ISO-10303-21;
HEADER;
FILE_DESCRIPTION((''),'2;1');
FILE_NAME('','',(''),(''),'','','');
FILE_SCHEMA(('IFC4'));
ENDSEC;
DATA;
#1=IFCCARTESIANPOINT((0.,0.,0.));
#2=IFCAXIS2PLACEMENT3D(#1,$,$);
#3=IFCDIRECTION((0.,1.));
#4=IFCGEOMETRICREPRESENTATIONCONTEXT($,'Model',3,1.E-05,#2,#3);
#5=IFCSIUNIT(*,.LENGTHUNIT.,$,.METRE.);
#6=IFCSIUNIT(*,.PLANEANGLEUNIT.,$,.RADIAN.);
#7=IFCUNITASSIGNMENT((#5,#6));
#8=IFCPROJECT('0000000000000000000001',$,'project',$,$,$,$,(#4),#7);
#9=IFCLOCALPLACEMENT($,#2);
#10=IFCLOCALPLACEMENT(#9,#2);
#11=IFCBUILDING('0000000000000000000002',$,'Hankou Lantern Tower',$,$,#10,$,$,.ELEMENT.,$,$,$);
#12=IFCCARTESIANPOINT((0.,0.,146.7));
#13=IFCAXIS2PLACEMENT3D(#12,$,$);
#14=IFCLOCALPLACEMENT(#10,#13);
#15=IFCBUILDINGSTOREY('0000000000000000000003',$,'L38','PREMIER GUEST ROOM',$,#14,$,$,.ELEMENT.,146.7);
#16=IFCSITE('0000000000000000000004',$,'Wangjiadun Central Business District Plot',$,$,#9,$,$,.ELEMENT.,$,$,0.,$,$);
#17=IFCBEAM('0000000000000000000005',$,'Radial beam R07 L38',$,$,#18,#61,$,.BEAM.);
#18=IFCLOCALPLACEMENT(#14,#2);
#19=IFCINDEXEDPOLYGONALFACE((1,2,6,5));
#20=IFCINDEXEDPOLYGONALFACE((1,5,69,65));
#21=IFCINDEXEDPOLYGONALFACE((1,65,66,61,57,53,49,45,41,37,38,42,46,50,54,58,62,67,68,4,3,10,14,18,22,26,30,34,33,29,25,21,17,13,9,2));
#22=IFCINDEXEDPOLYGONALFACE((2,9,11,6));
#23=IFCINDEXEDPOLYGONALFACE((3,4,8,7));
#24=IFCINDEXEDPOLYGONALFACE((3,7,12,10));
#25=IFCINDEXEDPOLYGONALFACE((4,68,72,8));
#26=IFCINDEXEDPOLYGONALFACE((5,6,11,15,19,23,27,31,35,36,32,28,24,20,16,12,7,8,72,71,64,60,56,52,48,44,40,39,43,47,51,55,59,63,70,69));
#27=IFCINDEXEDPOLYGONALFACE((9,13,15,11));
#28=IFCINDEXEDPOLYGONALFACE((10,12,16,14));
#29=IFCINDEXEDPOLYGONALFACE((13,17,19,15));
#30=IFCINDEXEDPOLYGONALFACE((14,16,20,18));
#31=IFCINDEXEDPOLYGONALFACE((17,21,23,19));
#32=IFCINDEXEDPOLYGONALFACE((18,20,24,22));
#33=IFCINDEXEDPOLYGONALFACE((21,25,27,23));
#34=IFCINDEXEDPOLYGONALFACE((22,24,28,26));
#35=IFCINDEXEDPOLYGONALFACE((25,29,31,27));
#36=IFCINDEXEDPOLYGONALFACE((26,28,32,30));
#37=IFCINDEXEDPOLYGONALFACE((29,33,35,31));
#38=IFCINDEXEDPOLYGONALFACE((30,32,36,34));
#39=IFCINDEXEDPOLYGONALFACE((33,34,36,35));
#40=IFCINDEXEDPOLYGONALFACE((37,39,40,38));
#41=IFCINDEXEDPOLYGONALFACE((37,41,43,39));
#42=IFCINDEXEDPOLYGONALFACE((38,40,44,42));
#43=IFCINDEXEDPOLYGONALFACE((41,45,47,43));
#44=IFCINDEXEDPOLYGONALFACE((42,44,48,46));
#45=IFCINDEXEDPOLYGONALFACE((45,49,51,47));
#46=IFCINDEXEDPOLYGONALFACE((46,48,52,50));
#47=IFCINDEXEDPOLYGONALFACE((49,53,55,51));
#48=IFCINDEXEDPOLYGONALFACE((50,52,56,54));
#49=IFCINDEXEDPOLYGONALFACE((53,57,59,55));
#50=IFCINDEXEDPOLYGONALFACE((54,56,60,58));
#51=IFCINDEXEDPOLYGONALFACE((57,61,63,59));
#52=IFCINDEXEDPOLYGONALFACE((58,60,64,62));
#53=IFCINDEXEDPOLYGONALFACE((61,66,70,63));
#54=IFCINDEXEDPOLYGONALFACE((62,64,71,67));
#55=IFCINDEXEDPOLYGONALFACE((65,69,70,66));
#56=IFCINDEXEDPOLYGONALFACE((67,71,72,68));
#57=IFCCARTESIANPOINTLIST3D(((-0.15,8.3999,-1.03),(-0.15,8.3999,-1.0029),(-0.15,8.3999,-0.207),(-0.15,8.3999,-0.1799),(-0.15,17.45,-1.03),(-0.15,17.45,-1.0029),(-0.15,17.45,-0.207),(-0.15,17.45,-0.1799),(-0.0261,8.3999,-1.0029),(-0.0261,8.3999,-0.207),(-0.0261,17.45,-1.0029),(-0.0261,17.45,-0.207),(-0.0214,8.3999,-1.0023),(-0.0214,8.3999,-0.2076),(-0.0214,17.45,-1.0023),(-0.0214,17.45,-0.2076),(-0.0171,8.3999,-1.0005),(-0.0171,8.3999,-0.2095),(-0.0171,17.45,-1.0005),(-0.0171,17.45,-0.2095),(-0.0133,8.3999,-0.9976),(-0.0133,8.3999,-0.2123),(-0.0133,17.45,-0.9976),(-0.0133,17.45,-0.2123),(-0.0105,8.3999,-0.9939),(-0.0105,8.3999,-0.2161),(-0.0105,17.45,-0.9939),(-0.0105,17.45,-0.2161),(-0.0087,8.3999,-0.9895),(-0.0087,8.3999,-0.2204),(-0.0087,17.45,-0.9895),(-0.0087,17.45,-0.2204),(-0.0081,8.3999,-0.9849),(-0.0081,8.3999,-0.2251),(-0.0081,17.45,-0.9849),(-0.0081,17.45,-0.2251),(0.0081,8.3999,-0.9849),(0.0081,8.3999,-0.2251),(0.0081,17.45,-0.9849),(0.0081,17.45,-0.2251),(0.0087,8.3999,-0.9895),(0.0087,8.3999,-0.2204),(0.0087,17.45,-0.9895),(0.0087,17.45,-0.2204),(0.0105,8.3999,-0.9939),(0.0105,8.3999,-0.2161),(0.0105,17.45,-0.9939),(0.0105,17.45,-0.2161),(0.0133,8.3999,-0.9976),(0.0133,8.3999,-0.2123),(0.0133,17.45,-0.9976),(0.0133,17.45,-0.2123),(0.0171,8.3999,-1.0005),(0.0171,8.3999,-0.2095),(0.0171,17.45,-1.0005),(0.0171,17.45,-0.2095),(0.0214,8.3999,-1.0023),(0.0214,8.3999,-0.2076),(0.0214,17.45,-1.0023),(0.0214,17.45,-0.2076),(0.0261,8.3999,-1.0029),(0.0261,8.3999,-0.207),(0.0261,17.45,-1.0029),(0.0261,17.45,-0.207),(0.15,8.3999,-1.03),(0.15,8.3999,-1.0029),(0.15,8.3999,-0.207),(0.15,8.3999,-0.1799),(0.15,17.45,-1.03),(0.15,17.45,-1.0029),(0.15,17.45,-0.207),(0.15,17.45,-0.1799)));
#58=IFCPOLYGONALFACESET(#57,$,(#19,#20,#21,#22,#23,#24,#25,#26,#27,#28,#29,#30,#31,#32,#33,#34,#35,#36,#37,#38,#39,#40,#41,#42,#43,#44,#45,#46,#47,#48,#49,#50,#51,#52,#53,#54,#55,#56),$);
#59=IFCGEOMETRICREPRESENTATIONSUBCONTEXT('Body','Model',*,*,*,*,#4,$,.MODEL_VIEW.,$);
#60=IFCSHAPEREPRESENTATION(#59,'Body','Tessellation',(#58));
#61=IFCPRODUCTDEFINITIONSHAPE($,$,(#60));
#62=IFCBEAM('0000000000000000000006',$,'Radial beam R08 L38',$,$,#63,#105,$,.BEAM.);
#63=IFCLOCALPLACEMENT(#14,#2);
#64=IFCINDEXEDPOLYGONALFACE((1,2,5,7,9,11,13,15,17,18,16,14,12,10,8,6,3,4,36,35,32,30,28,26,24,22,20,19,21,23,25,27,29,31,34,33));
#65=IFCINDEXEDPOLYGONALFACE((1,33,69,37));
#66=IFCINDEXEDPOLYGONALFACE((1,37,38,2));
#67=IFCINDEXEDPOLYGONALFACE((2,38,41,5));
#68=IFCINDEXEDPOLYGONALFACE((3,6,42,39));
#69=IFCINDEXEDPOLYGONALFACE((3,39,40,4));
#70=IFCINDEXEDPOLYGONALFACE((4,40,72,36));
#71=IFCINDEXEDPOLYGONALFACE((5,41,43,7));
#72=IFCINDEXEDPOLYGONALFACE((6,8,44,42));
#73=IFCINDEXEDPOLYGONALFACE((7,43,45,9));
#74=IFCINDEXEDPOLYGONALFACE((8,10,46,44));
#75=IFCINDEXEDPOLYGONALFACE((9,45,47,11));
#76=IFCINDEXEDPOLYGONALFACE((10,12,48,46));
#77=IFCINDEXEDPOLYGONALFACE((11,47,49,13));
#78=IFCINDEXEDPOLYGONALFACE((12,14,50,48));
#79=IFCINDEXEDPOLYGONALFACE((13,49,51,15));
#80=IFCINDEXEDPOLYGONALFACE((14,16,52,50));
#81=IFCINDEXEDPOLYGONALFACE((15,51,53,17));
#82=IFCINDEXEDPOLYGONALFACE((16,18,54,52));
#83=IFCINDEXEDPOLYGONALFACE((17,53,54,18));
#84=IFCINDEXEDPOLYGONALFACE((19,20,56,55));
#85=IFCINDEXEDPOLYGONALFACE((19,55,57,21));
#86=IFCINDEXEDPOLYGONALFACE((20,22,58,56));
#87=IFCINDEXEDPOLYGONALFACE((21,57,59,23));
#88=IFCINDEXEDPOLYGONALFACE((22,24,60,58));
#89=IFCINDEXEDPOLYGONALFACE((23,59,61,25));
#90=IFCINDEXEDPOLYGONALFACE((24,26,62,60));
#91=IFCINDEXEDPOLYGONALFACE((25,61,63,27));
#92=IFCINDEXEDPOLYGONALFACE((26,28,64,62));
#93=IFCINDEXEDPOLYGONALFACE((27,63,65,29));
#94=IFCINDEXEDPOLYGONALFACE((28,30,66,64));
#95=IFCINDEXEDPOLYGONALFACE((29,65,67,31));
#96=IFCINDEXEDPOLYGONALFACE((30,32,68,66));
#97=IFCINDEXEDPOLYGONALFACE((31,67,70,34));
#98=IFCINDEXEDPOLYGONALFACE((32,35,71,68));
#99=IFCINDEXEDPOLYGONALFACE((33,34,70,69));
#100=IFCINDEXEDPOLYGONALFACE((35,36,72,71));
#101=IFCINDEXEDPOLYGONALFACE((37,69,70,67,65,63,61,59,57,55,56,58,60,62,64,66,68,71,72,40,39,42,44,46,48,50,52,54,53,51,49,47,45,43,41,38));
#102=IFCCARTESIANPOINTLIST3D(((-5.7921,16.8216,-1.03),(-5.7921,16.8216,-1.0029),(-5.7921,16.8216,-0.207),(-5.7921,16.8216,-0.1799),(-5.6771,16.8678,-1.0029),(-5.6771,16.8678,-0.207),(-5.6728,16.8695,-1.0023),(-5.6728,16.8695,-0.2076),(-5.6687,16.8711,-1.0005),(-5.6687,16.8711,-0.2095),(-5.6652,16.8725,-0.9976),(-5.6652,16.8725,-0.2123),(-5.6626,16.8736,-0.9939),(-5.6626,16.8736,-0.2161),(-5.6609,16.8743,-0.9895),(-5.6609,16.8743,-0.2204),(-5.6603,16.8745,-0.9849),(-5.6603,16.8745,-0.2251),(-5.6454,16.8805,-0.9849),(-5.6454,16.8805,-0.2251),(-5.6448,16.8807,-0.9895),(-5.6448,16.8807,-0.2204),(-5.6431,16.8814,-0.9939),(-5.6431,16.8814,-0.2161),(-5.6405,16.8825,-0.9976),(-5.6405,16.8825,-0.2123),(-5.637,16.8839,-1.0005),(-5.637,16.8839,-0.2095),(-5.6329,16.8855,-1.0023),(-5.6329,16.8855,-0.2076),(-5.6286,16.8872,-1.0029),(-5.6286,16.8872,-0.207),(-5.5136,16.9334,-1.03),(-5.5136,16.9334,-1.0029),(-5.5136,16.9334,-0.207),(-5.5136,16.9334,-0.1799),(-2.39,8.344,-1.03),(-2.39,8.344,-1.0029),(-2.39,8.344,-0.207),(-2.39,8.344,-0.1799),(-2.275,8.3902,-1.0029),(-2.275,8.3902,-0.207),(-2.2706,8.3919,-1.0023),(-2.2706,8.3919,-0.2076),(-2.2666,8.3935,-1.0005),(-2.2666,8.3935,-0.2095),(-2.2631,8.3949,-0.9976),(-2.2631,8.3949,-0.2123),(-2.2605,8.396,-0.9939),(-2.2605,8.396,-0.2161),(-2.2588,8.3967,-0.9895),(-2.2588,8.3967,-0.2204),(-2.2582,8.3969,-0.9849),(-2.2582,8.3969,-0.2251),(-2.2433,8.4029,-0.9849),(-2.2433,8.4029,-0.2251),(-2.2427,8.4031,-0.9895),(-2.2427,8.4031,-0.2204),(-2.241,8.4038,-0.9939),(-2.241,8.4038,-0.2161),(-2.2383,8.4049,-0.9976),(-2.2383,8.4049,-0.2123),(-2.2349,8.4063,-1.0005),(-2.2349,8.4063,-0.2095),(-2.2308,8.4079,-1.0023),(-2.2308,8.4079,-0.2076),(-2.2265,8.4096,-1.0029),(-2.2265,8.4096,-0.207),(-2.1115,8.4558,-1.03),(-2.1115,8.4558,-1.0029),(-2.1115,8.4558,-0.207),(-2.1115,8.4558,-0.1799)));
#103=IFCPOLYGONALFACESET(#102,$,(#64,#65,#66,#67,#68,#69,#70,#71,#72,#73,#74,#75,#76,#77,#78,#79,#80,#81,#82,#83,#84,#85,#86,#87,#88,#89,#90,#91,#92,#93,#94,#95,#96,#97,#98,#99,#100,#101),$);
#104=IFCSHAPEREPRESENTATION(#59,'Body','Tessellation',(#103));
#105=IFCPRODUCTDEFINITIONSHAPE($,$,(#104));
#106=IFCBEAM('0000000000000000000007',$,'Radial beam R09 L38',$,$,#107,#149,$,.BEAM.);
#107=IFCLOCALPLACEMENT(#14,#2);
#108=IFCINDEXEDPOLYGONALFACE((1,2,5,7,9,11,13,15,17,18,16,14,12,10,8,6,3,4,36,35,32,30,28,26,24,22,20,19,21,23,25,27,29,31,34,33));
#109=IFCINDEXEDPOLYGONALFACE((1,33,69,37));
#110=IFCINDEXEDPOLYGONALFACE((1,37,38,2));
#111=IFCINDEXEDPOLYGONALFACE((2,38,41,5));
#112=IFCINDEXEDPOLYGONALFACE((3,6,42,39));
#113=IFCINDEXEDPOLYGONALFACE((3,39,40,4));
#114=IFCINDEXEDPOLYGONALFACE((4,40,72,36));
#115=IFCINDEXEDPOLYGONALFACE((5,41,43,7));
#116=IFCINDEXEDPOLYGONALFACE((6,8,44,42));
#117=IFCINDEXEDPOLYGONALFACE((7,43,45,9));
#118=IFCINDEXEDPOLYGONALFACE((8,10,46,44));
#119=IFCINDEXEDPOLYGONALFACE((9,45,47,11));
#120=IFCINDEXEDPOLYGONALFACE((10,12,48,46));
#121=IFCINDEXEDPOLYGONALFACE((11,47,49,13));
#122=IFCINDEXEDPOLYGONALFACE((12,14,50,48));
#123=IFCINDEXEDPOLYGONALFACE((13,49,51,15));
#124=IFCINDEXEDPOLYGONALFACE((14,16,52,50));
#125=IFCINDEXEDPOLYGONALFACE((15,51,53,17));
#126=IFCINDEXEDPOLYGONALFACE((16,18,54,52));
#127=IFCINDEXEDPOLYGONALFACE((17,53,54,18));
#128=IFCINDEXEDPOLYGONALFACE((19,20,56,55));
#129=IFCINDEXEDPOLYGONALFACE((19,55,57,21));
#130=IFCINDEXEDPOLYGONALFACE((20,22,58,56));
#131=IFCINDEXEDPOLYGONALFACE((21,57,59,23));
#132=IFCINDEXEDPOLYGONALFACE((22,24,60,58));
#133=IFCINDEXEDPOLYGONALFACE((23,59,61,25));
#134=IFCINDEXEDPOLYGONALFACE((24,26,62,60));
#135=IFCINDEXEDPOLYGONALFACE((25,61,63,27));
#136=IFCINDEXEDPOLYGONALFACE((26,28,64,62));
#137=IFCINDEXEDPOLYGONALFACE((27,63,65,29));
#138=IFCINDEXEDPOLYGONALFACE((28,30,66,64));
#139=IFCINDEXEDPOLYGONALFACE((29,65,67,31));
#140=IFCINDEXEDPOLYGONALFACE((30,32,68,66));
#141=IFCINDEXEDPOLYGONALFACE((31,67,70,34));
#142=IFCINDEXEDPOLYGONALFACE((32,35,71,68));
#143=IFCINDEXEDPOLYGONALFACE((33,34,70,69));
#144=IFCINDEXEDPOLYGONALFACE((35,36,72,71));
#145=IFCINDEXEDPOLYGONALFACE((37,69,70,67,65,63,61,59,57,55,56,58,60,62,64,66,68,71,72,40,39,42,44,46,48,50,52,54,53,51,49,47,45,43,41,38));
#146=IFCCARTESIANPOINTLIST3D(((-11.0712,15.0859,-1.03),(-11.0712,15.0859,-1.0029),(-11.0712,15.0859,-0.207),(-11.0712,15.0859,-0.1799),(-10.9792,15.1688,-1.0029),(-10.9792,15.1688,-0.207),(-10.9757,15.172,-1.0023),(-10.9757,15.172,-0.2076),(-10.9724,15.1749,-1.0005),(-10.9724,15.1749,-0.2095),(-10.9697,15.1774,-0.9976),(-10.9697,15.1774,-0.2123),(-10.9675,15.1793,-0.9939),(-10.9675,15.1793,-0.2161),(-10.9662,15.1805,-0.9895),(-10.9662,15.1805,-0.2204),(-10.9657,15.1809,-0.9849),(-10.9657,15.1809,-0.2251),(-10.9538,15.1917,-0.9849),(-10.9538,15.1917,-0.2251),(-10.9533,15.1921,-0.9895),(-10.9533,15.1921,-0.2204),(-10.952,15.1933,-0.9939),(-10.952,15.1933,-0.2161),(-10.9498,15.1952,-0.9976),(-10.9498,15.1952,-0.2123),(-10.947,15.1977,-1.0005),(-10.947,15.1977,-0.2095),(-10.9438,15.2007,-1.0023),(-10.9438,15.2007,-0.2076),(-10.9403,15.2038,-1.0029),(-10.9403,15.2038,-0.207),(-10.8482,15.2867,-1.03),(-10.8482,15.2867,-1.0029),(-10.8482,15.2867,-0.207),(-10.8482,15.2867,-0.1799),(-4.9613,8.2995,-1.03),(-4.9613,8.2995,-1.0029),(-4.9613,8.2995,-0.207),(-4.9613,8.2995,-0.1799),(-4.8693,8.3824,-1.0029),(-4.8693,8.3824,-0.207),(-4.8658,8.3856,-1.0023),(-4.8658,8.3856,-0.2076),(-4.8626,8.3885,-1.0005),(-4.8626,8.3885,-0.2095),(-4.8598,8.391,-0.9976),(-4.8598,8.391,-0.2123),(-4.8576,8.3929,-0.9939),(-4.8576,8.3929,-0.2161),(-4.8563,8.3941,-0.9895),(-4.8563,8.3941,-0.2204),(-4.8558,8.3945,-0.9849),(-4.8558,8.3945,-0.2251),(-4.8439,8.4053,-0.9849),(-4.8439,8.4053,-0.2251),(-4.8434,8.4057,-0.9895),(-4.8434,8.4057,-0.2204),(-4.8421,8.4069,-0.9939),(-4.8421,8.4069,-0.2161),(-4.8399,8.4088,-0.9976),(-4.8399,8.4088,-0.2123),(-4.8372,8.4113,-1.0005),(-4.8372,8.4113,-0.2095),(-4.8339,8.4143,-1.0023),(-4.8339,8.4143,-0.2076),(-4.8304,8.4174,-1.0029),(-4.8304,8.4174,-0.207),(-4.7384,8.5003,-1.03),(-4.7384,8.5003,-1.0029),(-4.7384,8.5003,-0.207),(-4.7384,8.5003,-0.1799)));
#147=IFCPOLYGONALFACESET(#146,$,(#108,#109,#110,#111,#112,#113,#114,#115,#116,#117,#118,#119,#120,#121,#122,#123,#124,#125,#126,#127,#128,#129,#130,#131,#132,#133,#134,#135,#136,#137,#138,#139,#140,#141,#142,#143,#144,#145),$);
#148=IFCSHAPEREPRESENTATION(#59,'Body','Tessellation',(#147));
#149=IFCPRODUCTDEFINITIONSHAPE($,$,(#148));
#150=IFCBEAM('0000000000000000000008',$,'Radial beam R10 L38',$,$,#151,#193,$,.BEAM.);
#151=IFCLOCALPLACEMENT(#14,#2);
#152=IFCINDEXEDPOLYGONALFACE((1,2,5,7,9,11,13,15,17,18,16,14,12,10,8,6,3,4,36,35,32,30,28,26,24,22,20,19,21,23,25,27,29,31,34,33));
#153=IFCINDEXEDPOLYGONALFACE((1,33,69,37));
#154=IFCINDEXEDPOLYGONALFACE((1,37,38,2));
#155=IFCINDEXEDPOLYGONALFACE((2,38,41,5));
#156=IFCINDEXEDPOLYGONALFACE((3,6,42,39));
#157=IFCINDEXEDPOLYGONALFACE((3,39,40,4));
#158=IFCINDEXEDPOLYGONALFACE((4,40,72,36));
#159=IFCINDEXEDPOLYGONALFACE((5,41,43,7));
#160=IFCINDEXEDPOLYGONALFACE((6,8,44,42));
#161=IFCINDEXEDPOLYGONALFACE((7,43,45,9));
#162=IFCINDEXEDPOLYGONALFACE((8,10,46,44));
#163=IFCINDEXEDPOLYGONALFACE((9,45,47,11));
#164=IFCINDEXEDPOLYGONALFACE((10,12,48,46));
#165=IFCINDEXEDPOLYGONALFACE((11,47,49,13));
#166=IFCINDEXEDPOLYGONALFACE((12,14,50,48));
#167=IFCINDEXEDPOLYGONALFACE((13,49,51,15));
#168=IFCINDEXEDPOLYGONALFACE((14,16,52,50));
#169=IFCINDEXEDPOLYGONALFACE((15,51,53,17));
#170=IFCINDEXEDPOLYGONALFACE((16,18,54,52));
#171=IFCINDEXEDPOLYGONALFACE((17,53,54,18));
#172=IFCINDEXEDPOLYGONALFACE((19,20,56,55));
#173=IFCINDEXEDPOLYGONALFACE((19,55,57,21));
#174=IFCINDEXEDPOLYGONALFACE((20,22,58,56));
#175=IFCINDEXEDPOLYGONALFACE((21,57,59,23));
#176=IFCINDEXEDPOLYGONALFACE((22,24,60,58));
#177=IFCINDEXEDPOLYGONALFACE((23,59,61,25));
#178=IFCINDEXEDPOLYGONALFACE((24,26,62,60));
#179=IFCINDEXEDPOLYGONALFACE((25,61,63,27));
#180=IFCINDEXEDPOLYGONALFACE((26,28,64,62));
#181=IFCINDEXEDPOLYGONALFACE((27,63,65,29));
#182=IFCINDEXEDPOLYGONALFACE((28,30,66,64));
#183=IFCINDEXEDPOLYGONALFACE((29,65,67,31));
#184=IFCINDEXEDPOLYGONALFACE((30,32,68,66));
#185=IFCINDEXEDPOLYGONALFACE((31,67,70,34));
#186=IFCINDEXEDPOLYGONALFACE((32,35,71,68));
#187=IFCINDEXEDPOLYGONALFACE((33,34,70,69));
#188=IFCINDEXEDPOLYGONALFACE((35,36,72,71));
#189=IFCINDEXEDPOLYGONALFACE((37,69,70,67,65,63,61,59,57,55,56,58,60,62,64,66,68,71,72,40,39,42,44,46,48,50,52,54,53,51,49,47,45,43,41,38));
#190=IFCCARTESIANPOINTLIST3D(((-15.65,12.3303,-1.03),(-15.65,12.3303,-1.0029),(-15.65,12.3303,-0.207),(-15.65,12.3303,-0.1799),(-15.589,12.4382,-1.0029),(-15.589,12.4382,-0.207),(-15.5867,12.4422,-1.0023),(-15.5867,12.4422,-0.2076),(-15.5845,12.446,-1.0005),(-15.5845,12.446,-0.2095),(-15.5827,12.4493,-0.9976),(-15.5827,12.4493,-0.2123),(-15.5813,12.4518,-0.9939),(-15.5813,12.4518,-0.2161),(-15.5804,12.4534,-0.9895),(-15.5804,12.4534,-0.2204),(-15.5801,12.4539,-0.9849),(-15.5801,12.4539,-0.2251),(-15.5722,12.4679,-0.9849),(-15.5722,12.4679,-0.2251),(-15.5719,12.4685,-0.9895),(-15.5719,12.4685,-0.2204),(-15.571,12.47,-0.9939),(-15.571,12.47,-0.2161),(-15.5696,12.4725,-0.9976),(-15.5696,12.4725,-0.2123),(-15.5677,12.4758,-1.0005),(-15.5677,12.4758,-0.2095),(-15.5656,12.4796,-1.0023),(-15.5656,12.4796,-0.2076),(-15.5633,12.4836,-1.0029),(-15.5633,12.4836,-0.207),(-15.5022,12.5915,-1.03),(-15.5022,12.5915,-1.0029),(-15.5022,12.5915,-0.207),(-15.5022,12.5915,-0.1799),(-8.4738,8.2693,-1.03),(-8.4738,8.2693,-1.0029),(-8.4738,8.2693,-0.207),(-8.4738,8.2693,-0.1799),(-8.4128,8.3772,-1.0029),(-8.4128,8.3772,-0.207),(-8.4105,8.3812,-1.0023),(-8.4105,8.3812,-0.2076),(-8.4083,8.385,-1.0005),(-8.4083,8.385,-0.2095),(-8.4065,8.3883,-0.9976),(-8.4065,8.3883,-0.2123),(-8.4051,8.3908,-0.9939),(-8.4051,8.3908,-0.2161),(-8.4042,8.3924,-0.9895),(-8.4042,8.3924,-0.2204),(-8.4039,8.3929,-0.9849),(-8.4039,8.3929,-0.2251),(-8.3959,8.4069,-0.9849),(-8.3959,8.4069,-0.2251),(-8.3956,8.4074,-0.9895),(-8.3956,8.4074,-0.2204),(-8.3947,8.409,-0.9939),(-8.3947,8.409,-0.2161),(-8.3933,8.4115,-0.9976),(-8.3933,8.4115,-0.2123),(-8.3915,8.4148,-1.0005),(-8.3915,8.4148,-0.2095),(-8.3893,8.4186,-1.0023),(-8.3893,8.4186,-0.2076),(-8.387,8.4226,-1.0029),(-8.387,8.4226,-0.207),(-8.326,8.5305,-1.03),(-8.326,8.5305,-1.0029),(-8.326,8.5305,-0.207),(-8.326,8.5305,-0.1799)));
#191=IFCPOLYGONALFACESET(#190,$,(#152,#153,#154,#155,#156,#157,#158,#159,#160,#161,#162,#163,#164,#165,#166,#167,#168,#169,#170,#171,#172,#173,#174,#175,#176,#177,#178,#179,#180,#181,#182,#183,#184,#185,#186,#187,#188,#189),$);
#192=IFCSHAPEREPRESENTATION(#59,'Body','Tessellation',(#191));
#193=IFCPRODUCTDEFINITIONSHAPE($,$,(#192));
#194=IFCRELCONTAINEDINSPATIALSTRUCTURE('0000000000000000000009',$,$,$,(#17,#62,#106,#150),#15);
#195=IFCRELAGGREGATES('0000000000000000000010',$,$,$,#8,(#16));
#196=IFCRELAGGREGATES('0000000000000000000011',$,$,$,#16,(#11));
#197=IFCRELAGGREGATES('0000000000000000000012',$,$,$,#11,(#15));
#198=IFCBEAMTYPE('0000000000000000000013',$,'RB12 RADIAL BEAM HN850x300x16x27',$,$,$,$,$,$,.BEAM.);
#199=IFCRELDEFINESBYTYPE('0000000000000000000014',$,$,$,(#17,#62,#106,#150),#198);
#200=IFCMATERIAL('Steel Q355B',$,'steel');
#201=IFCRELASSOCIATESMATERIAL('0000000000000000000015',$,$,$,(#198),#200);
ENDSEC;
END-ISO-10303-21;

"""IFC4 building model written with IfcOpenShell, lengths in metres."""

from ifc_helpers import new_model, si_unit, direction, frame, origin, origin_2d, place, context, subcontext, project, spatial, i_section, extrude, material, material_profile, profile_set, type_object, element, save


model = new_model("IFC4")

# Units and contexts
model_context = context("Model", 3, precision=1e-05, world=origin(), true_north=direction((0.0, 1.0)))
body_context = subcontext(model_context, "Body", "Model", "MODEL_VIEW")
ifc_project = project(units=[si_unit("LENGTHUNIT", "METRE"), si_unit("PLANEANGLEUNIT", "RADIAN")], contexts=[model_context])

# Site, building, storey
site_placement = place(None, origin())
site = spatial("IfcSite", under=ifc_project, at=site_placement, Name="Wangjiadun Central Business District Plot", CompositionType="ELEMENT", RefElevation=0.0)
building_placement = place(site_placement, origin())
building = spatial("IfcBuilding", under=site, at=building_placement, Name="Hankou Lantern Tower", CompositionType="ELEMENT")
storey_placement = place(building_placement, frame((0.0, 0.0, 146.7)))
storey = spatial("IfcBuildingStorey", under=building, at=storey_placement, Name="L38", Description="PREMIER GUEST ROOM", CompositionType="ELEMENT", Elevation=146.7)

# Beams
ifc_material_1 = material(Name="Steel Q355B", Category="steel")
ifc_material_profile_1 = material_profile(ifc_material_1, i_section(OverallWidth=0.3, OverallDepth=0.8501, WebThickness=0.0161, FlangeThickness=0.0271, FilletRadius=0.0181, at=origin_2d()), Name="HN850x300x16x27")
ifc_profile_set_1 = profile_set([ifc_material_profile_1], Name="Steel Q355B")
beam_type_1 = type_object("IfcBeamType", Name="RB12 RADIAL BEAM HN850x300x16x27", PredefinedType="BEAM", material=ifc_profile_set_1)
beam_1_placement = place(storey_placement, frame((0.0, 8.3999, -0.605), z_axis=(0.0, 1.0, 0.0), x_axis=(-1.0, 0.0, 0.0)))
element("IfcBeam", 1, at=beam_1_placement, inside=storey, type_object=beam_type_1, Name="Radial beam R07 L38", PredefinedType="BEAM", context=body_context, shape_type="SweptSolid", body=[
    extrude(i_section(OverallWidth=0.3, OverallDepth=0.8501, WebThickness=0.0161, FlangeThickness=0.0271, FilletRadius=0.0181, at=origin_2d()), origin(), (0.0, 0.0, 1.0), 9.05),
])
beam_2_placement = place(storey_placement, frame((-2.2507, 8.3999, -0.605), z_axis=(-0.372436, 0.928058, 0.0), x_axis=(-0.928058, -0.372436, 0.0)))
element("IfcBeam", 2, at=beam_2_placement, inside=storey, type_object=beam_type_1, Name="Radial beam R08 L38", PredefinedType="BEAM", context=body_context, shape_type="SweptSolid", body=[
    extrude(i_section(OverallWidth=0.3, OverallDepth=0.8501, WebThickness=0.0161, FlangeThickness=0.0271, FilletRadius=0.0181, at=origin_2d()), origin(), (0.0, 0.0, 1.0), 9.1348),
])
beam_3_placement = place(storey_placement, frame((-4.8499, 8.3999, -0.605), z_axis=(-0.669093, 0.743178, 0.0), x_axis=(-0.743178, -0.669093, 0.0)))
element("IfcBeam", 3, at=beam_3_placement, inside=storey, type_object=beam_type_1, Name="Radial beam R09 L38", PredefinedType="BEAM", context=body_context, shape_type="SweptSolid", body=[
    extrude(i_section(OverallWidth=0.3, OverallDepth=0.8501, WebThickness=0.0161, FlangeThickness=0.0271, FilletRadius=0.0181, at=origin_2d()), origin(), (0.0, 0.0, 1.0), 9.1316),
])
beam_4_placement = place(storey_placement, frame((-8.3999, 8.3999, -0.605), z_axis=(-0.870309, 0.492506, 0.0), x_axis=(-0.492506, -0.870309, 0.0)))
element("IfcBeam", 4, at=beam_4_placement, inside=storey, type_object=beam_type_1, Name="Radial beam R10 L38", PredefinedType="BEAM", context=body_context, shape_type="SweptSolid", body=[
    extrude(i_section(OverallWidth=0.3, OverallDepth=0.8501, WebThickness=0.0161, FlangeThickness=0.0271, FilletRadius=0.0181, at=origin_2d()), origin(), (0.0, 0.0, 1.0), 8.2456),
])

save(model, "model.ifc")
